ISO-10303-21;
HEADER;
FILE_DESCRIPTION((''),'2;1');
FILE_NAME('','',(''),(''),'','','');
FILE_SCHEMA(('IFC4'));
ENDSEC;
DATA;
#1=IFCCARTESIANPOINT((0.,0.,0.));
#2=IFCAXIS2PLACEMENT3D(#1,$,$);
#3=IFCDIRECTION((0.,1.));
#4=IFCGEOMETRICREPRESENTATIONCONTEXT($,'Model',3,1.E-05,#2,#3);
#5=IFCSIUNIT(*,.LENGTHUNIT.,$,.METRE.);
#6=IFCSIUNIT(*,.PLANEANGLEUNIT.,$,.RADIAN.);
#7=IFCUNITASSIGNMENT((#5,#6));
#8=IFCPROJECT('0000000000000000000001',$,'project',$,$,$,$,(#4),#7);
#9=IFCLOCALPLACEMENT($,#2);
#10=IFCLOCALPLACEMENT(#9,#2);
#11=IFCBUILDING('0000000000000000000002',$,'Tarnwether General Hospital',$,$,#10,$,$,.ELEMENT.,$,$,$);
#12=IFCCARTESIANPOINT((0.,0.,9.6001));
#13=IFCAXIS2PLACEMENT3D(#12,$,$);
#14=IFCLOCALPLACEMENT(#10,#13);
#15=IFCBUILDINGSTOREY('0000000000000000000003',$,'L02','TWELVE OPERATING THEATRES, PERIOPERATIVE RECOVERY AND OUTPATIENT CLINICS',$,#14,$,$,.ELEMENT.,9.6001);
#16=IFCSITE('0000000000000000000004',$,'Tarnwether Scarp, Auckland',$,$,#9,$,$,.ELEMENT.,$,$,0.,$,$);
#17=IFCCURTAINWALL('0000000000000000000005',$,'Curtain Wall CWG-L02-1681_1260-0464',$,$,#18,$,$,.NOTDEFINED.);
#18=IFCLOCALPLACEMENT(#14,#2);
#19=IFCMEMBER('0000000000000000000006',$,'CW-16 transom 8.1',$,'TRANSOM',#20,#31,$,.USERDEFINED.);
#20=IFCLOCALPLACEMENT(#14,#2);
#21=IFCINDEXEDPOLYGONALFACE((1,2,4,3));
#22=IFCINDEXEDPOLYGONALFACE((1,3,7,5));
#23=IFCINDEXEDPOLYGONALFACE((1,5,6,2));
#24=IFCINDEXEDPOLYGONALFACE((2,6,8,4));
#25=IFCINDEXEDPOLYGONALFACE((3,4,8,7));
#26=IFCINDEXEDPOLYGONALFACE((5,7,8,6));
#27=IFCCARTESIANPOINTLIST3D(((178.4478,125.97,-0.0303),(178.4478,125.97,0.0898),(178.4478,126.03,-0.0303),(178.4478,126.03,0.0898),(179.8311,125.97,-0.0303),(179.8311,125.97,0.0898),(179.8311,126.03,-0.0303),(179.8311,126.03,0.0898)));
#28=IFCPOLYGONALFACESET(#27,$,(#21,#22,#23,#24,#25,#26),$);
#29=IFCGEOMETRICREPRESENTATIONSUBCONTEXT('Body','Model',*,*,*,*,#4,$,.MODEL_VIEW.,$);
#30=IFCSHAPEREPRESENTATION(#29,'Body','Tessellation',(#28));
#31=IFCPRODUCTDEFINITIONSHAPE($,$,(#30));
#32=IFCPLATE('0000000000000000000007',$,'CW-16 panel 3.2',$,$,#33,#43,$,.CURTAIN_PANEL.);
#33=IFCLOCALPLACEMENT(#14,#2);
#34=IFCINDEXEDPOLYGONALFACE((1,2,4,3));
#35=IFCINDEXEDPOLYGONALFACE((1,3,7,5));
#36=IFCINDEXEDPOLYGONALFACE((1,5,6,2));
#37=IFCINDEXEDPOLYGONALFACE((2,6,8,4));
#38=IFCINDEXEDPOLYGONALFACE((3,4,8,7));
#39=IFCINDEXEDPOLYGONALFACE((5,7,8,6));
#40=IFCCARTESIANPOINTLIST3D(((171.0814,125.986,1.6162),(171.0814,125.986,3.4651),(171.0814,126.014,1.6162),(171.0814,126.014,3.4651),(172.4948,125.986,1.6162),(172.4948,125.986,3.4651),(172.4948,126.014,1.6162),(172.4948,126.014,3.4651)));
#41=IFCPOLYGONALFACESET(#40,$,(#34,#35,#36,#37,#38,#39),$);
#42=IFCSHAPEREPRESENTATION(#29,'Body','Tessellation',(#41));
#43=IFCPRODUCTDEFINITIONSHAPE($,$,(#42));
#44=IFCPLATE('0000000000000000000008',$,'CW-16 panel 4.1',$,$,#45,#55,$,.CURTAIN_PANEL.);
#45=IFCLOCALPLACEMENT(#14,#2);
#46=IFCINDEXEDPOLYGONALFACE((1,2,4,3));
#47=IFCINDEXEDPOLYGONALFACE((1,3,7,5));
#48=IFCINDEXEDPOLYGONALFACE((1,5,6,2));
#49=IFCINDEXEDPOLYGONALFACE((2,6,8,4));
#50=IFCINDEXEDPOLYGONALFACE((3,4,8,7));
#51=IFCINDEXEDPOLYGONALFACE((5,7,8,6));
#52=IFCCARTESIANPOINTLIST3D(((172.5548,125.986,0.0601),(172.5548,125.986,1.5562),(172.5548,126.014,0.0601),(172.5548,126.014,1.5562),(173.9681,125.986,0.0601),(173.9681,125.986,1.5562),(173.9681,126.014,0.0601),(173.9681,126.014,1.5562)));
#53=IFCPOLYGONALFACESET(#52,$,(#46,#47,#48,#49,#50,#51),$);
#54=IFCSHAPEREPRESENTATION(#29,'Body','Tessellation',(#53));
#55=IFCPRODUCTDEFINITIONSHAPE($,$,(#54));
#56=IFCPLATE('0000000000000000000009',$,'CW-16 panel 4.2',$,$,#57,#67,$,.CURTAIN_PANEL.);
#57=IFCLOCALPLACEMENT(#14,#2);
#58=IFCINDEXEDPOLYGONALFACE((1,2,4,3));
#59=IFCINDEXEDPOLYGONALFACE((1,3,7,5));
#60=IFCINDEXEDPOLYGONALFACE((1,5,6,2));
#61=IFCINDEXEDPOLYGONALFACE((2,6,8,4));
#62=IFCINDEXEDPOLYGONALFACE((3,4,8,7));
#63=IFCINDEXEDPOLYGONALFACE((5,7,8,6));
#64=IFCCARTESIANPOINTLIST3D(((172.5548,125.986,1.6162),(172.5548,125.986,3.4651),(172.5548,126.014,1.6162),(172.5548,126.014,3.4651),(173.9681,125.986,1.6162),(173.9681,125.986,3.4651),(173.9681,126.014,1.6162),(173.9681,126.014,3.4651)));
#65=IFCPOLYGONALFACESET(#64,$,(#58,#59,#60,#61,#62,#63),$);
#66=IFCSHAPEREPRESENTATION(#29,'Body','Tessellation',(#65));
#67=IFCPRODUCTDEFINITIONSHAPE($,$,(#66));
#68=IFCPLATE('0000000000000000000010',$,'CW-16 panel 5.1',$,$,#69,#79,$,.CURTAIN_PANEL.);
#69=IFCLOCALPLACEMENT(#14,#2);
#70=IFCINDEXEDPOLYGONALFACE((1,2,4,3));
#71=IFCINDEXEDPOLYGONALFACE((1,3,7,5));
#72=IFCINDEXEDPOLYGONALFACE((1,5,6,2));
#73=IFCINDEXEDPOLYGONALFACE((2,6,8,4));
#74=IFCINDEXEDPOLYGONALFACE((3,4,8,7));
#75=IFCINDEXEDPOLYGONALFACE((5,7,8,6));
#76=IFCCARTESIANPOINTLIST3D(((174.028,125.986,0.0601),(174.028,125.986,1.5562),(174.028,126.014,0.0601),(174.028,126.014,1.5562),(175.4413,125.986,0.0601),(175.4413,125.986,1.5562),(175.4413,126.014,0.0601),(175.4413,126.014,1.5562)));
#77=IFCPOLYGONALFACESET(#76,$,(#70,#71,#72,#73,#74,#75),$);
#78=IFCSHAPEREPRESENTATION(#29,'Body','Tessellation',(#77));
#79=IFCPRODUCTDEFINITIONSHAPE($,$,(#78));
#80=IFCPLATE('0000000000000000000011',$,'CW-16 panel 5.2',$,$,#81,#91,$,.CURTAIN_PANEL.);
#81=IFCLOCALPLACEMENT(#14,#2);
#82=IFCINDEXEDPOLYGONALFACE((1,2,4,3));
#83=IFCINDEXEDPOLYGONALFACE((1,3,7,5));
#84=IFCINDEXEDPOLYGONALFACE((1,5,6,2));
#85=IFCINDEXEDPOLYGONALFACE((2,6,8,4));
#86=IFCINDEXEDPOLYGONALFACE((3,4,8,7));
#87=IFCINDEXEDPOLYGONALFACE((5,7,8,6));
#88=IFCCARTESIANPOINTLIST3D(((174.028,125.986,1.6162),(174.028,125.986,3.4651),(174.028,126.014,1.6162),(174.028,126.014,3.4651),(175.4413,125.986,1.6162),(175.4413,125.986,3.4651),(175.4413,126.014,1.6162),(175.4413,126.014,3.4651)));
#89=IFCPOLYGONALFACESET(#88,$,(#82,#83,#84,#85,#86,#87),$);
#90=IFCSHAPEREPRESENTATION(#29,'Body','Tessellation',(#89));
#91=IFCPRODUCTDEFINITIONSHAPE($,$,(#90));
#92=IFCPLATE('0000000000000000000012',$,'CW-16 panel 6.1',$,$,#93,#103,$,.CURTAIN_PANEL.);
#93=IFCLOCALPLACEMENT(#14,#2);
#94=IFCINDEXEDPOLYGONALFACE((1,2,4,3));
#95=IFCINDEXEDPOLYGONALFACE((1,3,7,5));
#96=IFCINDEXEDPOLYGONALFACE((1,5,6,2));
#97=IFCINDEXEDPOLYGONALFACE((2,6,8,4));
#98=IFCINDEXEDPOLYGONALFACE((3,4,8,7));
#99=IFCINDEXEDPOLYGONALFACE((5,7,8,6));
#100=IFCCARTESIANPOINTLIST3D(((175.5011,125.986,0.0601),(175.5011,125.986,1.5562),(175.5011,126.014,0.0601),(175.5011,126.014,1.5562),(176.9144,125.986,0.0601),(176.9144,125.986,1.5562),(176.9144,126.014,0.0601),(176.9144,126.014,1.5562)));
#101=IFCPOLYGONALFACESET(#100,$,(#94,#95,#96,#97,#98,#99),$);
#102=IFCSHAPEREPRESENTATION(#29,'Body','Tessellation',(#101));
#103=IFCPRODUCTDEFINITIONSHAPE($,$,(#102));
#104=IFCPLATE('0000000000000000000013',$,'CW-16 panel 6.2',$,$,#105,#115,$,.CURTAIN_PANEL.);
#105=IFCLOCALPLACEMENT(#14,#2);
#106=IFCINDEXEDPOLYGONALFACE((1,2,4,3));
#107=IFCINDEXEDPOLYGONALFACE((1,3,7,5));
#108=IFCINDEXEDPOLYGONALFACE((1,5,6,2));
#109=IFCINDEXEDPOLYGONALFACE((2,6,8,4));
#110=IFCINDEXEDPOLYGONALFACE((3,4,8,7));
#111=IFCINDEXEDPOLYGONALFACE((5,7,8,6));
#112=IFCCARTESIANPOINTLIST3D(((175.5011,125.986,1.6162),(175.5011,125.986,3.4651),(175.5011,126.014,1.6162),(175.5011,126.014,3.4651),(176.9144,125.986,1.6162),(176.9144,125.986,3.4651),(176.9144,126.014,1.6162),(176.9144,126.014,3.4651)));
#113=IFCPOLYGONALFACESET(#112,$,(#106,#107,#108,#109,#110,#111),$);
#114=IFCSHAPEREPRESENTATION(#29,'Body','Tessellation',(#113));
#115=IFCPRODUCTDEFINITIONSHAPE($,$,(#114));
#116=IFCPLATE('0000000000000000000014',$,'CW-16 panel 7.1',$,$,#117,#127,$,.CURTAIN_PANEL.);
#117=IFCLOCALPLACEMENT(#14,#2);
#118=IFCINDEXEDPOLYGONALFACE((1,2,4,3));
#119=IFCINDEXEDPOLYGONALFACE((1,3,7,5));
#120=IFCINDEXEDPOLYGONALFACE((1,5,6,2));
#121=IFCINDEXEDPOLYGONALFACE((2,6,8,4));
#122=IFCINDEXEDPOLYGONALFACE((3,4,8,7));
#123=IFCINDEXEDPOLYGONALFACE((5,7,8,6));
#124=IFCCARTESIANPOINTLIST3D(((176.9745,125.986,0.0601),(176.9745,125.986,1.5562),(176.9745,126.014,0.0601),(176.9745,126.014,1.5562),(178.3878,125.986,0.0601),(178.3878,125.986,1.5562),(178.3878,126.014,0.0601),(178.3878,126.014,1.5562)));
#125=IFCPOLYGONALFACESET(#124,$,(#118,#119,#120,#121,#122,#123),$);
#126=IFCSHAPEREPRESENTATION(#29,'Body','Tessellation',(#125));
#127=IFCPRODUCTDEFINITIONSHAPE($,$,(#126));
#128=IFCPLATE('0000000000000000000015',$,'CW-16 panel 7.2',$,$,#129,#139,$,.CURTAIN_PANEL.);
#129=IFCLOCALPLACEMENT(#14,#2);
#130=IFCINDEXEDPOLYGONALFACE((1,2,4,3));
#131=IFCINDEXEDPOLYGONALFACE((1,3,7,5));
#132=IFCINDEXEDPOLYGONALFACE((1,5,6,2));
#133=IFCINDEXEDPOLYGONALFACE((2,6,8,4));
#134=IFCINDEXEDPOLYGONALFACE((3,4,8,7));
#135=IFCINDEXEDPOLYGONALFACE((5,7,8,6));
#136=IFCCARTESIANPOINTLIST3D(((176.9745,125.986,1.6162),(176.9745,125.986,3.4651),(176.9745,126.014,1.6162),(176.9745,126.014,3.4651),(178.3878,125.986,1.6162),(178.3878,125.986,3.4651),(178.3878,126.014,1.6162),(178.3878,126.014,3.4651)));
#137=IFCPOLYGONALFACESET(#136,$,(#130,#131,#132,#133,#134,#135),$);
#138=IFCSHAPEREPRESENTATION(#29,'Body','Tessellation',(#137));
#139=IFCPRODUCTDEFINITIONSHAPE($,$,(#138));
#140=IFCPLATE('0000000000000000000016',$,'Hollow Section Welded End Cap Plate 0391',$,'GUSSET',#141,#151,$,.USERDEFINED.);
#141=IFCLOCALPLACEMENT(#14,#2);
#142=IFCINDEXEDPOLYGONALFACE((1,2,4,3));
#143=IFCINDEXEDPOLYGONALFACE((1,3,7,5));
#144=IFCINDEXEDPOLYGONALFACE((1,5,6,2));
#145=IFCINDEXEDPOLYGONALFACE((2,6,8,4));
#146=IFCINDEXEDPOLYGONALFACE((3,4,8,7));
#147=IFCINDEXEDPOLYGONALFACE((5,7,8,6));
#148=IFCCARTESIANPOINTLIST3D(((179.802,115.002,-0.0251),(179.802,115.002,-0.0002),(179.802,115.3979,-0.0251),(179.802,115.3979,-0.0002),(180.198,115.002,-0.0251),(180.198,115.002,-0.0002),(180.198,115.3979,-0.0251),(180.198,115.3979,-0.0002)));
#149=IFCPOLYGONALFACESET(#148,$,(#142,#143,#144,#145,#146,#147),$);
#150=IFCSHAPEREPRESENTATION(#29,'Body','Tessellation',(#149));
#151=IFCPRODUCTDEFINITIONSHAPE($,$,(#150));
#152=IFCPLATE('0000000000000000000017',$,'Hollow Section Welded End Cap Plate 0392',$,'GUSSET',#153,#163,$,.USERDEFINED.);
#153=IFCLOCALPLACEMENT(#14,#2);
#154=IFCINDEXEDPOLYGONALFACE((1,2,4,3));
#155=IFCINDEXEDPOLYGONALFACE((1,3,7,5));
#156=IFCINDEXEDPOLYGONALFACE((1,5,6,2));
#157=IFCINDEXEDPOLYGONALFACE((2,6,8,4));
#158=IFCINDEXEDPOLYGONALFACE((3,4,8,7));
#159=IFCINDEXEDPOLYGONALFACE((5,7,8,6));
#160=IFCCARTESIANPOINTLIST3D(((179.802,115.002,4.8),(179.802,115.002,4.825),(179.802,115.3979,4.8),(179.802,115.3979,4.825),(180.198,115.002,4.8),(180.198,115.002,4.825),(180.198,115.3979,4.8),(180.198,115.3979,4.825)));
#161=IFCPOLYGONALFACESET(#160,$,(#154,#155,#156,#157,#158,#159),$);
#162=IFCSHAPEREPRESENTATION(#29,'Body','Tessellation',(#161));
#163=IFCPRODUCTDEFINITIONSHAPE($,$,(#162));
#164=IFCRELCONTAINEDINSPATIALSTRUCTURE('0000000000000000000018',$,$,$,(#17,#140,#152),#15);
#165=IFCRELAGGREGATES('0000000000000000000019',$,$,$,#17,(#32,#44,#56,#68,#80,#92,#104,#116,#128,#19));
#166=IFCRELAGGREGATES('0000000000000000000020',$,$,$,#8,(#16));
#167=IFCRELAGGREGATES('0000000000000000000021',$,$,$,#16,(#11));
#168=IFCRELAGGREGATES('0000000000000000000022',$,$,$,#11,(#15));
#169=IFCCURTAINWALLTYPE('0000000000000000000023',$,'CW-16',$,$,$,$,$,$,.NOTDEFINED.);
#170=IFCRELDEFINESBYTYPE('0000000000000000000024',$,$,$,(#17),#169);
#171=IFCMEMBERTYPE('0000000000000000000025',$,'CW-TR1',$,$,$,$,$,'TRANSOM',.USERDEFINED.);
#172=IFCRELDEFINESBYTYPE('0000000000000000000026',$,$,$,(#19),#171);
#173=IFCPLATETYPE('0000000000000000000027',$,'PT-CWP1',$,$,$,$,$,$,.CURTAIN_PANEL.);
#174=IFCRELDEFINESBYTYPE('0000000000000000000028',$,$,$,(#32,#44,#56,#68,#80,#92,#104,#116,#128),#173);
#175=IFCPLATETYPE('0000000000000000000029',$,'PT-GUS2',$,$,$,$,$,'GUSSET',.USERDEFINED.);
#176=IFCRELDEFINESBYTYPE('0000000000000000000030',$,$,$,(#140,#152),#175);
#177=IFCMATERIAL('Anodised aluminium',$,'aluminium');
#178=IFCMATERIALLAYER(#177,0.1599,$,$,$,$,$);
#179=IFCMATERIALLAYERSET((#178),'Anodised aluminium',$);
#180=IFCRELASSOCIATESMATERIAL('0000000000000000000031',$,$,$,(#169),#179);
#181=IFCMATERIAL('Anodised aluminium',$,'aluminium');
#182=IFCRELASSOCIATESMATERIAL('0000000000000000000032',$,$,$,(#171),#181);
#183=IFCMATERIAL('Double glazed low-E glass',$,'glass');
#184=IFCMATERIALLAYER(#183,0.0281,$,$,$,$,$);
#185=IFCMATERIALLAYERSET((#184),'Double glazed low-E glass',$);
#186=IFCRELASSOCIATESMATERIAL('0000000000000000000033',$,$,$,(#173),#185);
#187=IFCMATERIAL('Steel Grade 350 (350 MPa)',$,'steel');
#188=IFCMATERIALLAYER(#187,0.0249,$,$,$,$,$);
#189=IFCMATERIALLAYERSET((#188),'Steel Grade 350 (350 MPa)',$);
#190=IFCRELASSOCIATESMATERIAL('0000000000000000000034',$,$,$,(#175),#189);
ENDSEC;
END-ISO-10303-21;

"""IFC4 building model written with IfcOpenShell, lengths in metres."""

from ifc_helpers import new_model, si_unit, direction, frame, origin, origin_2d, place, context, subcontext, project, spatial, rectangle, extrude, material, layer, layer_set, material_profile, profile_set, type_object, element, aggregate, save


model = new_model("IFC4")

# Units and contexts
model_context = context("Model", 3, precision=1e-05, world=origin(), true_north=direction((0.0, 1.0)))
body_context = subcontext(model_context, "Body", "Model", "MODEL_VIEW")
ifc_project = project(units=[si_unit("LENGTHUNIT", "METRE"), si_unit("PLANEANGLEUNIT", "RADIAN")], contexts=[model_context])

# Site, building, storey
site_placement = place(None, origin())
site = spatial("IfcSite", under=ifc_project, at=site_placement, Name="Tarnwether Scarp, Auckland", CompositionType="ELEMENT", RefElevation=0.0)
building_placement = place(site_placement, origin())
building = spatial("IfcBuilding", under=site, at=building_placement, Name="Tarnwether General Hospital", CompositionType="ELEMENT")
storey_placement = place(building_placement, frame((0.0, 0.0, 9.6001)))
storey = spatial("IfcBuildingStorey", under=building, at=storey_placement, Name="L02", Description="TWELVE OPERATING THEATRES, PERIOPERATIVE RECOVERY AND OUTPATIENT CLINICS", CompositionType="ELEMENT", Elevation=9.6001)

# Curtain wall, member, plates
ifc_material_1 = material(Name="Anodised aluminium", Category="aluminium")
ifc_layer_1 = layer(ifc_material_1, 0.1599)
ifc_layer_set_1 = layer_set([ifc_layer_1], Name="Anodised aluminium")
curtain_wall_type = type_object("IfcCurtainWallType", Name="CW-16", PredefinedType="NOTDEFINED", material=ifc_layer_set_1)
curtain_wall_placement = place(storey_placement, origin())
curtain_wall = element("IfcCurtainWall", 1, at=curtain_wall_placement, inside=storey, type_object=curtain_wall_type, Name="Curtain Wall CWG-L02-1681_1260-0464", PredefinedType="NOTDEFINED")
ifc_material_2 = material(Name="Anodised aluminium", Category="aluminium")
ifc_material_profile_1 = material_profile(ifc_material_2, rectangle(XDim=0.0601, YDim=0.1201, at=origin_2d()), Name="ALU-TRN-60x120")
ifc_profile_set_1 = profile_set([ifc_material_profile_1], Name="Anodised aluminium")
member_type_1 = type_object("IfcMemberType", Name="CW-TR1", ElementType="TRANSOM", PredefinedType="USERDEFINED", material=ifc_profile_set_1)
member_1_placement = place(storey_placement, frame((178.4478, 126.0, 0.0298), z_axis=(1.0, 0.0, 0.0), x_axis=(0.0, 1.0, 0.0)))
member_1 = element("IfcMember", 2, at=member_1_placement, type_object=member_type_1, Name="CW-16 transom 8.1", ObjectType="TRANSOM", PredefinedType="USERDEFINED", context=body_context, shape_type="SweptSolid", body=[
    extrude(rectangle(XDim=0.0601, YDim=0.1201, at=origin_2d()), origin(), (0.0, 0.0, 1.0), 1.3833),
])
ifc_material_3 = material(Name="Double glazed low-E glass", Category="glass")
ifc_layer_2 = layer(ifc_material_3, 0.0281)
ifc_layer_set_2 = layer_set([ifc_layer_2], Name="Double glazed low-E glass")
plate_type_1 = type_object("IfcPlateType", Name="PT-CWP1", PredefinedType="CURTAIN_PANEL", material=ifc_layer_set_2)
plate_1_placement = place(storey_placement, frame((171.7881, 126.0, 1.6162), z_axis=(0.0, 0.0, 1.0), x_axis=(1.0, 0.0, 0.0)))
plate_1 = element("IfcPlate", 3, at=plate_1_placement, type_object=plate_type_1, Name="CW-16 panel 3.2", PredefinedType="CURTAIN_PANEL", context=body_context, shape_type="SweptSolid", body=[
    extrude(rectangle(XDim=1.4133, YDim=0.0281, at=origin_2d()), origin(), (0.0, 0.0, 1.0), 1.8489),
])
plate_2_placement = place(storey_placement, frame((173.2615, 126.0, 0.0601), z_axis=(0.0, 0.0, 1.0), x_axis=(1.0, 0.0, 0.0)))
plate_2 = element("IfcPlate", 4, at=plate_2_placement, type_object=plate_type_1, Name="CW-16 panel 4.1", PredefinedType="CURTAIN_PANEL", context=body_context, shape_type="SweptSolid", body=[
    extrude(rectangle(XDim=1.4133, YDim=0.0281, at=origin_2d()), origin(), (0.0, 0.0, 1.0), 1.4961),
])
plate_3_placement = place(storey_placement, frame((173.2615, 126.0, 1.6162), z_axis=(0.0, 0.0, 1.0), x_axis=(1.0, 0.0, 0.0)))
plate_3 = element("IfcPlate", 5, at=plate_3_placement, type_object=plate_type_1, Name="CW-16 panel 4.2", PredefinedType="CURTAIN_PANEL", context=body_context, shape_type="SweptSolid", body=[
    extrude(rectangle(XDim=1.4133, YDim=0.0281, at=origin_2d()), origin(), (0.0, 0.0, 1.0), 1.8489),
])
plate_4_placement = place(storey_placement, frame((174.7346, 126.0, 0.0601), z_axis=(0.0, 0.0, 1.0), x_axis=(1.0, 0.0, 0.0)))
plate_4 = element("IfcPlate", 6, at=plate_4_placement, type_object=plate_type_1, Name="CW-16 panel 5.1", PredefinedType="CURTAIN_PANEL", context=body_context, shape_type="SweptSolid", body=[
    extrude(rectangle(XDim=1.4133, YDim=0.0281, at=origin_2d()), origin(), (0.0, 0.0, 1.0), 1.4961),
])
plate_5_placement = place(storey_placement, frame((174.7346, 126.0, 1.6162), z_axis=(0.0, 0.0, 1.0), x_axis=(1.0, 0.0, 0.0)))
plate_5 = element("IfcPlate", 7, at=plate_5_placement, type_object=plate_type_1, Name="CW-16 panel 5.2", PredefinedType="CURTAIN_PANEL", context=body_context, shape_type="SweptSolid", body=[
    extrude(rectangle(XDim=1.4133, YDim=0.0281, at=origin_2d()), origin(), (0.0, 0.0, 1.0), 1.8489),
])
plate_6_placement = place(storey_placement, frame((176.2078, 126.0, 0.0601), z_axis=(0.0, 0.0, 1.0), x_axis=(1.0, 0.0, 0.0)))
plate_6 = element("IfcPlate", 8, at=plate_6_placement, type_object=plate_type_1, Name="CW-16 panel 6.1", PredefinedType="CURTAIN_PANEL", context=body_context, shape_type="SweptSolid", body=[
    extrude(rectangle(XDim=1.4133, YDim=0.0281, at=origin_2d()), origin(), (0.0, 0.0, 1.0), 1.4961),
])
plate_7_placement = place(storey_placement, frame((176.2078, 126.0, 1.6162), z_axis=(0.0, 0.0, 1.0), x_axis=(1.0, 0.0, 0.0)))
plate_7 = element("IfcPlate", 9, at=plate_7_placement, type_object=plate_type_1, Name="CW-16 panel 6.2", PredefinedType="CURTAIN_PANEL", context=body_context, shape_type="SweptSolid", body=[
    extrude(rectangle(XDim=1.4133, YDim=0.0281, at=origin_2d()), origin(), (0.0, 0.0, 1.0), 1.8489),
])
plate_8_placement = place(storey_placement, frame((177.6812, 126.0, 0.0601), z_axis=(0.0, 0.0, 1.0), x_axis=(1.0, 0.0, 0.0)))
plate_8 = element("IfcPlate", 10, at=plate_8_placement, type_object=plate_type_1, Name="CW-16 panel 7.1", PredefinedType="CURTAIN_PANEL", context=body_context, shape_type="SweptSolid", body=[
    extrude(rectangle(XDim=1.4133, YDim=0.0281, at=origin_2d()), origin(), (0.0, 0.0, 1.0), 1.4961),
])
plate_9_placement = place(storey_placement, frame((177.6812, 126.0, 1.6162), z_axis=(0.0, 0.0, 1.0), x_axis=(1.0, 0.0, 0.0)))
plate_9 = element("IfcPlate", 11, at=plate_9_placement, type_object=plate_type_1, Name="CW-16 panel 7.2", PredefinedType="CURTAIN_PANEL", context=body_context, shape_type="SweptSolid", body=[
    extrude(rectangle(XDim=1.4133, YDim=0.0281, at=origin_2d()), origin(), (0.0, 0.0, 1.0), 1.8489),
])
aggregate(curtain_wall, [plate_1, plate_2, plate_3, plate_4, plate_5, plate_6, plate_7, plate_8, plate_9, member_1])

# Plates
ifc_material_4 = material(Name="Steel Grade 350 (350 MPa)", Category="steel")
ifc_layer_3 = layer(ifc_material_4, 0.0249)
ifc_layer_set_3 = layer_set([ifc_layer_3], Name="Steel Grade 350 (350 MPa)")
plate_type_2 = type_object("IfcPlateType", Name="PT-GUS2", ElementType="GUSSET", PredefinedType="USERDEFINED", material=ifc_layer_set_3)
for number, where, z_axis, x_axis, name in (
    (12, (180.0, 115.2, -0.0251), (0.0, 0.0, 1.0), (1.0, 0.0, 0.0), "Hollow Section Welded End Cap Plate 0391"),
    (13, (180.0, 115.2, 4.8), (0.0, 0.0, 1.0), (1.0, 0.0, 0.0), "Hollow Section Welded End Cap Plate 0392"),
):
    element("IfcPlate", number, at=place(storey_placement, frame(where, z_axis=z_axis, x_axis=x_axis)), inside=storey, type_object=plate_type_2, Name=name, ObjectType="GUSSET", PredefinedType="USERDEFINED", context=body_context, shape_type="SweptSolid", body=[
        extrude(rectangle(XDim=0.396, YDim=0.396, at=origin_2d()), origin(), (0.0, 0.0, 1.0), 0.0249),
    ])

save(model, "model.ifc")
